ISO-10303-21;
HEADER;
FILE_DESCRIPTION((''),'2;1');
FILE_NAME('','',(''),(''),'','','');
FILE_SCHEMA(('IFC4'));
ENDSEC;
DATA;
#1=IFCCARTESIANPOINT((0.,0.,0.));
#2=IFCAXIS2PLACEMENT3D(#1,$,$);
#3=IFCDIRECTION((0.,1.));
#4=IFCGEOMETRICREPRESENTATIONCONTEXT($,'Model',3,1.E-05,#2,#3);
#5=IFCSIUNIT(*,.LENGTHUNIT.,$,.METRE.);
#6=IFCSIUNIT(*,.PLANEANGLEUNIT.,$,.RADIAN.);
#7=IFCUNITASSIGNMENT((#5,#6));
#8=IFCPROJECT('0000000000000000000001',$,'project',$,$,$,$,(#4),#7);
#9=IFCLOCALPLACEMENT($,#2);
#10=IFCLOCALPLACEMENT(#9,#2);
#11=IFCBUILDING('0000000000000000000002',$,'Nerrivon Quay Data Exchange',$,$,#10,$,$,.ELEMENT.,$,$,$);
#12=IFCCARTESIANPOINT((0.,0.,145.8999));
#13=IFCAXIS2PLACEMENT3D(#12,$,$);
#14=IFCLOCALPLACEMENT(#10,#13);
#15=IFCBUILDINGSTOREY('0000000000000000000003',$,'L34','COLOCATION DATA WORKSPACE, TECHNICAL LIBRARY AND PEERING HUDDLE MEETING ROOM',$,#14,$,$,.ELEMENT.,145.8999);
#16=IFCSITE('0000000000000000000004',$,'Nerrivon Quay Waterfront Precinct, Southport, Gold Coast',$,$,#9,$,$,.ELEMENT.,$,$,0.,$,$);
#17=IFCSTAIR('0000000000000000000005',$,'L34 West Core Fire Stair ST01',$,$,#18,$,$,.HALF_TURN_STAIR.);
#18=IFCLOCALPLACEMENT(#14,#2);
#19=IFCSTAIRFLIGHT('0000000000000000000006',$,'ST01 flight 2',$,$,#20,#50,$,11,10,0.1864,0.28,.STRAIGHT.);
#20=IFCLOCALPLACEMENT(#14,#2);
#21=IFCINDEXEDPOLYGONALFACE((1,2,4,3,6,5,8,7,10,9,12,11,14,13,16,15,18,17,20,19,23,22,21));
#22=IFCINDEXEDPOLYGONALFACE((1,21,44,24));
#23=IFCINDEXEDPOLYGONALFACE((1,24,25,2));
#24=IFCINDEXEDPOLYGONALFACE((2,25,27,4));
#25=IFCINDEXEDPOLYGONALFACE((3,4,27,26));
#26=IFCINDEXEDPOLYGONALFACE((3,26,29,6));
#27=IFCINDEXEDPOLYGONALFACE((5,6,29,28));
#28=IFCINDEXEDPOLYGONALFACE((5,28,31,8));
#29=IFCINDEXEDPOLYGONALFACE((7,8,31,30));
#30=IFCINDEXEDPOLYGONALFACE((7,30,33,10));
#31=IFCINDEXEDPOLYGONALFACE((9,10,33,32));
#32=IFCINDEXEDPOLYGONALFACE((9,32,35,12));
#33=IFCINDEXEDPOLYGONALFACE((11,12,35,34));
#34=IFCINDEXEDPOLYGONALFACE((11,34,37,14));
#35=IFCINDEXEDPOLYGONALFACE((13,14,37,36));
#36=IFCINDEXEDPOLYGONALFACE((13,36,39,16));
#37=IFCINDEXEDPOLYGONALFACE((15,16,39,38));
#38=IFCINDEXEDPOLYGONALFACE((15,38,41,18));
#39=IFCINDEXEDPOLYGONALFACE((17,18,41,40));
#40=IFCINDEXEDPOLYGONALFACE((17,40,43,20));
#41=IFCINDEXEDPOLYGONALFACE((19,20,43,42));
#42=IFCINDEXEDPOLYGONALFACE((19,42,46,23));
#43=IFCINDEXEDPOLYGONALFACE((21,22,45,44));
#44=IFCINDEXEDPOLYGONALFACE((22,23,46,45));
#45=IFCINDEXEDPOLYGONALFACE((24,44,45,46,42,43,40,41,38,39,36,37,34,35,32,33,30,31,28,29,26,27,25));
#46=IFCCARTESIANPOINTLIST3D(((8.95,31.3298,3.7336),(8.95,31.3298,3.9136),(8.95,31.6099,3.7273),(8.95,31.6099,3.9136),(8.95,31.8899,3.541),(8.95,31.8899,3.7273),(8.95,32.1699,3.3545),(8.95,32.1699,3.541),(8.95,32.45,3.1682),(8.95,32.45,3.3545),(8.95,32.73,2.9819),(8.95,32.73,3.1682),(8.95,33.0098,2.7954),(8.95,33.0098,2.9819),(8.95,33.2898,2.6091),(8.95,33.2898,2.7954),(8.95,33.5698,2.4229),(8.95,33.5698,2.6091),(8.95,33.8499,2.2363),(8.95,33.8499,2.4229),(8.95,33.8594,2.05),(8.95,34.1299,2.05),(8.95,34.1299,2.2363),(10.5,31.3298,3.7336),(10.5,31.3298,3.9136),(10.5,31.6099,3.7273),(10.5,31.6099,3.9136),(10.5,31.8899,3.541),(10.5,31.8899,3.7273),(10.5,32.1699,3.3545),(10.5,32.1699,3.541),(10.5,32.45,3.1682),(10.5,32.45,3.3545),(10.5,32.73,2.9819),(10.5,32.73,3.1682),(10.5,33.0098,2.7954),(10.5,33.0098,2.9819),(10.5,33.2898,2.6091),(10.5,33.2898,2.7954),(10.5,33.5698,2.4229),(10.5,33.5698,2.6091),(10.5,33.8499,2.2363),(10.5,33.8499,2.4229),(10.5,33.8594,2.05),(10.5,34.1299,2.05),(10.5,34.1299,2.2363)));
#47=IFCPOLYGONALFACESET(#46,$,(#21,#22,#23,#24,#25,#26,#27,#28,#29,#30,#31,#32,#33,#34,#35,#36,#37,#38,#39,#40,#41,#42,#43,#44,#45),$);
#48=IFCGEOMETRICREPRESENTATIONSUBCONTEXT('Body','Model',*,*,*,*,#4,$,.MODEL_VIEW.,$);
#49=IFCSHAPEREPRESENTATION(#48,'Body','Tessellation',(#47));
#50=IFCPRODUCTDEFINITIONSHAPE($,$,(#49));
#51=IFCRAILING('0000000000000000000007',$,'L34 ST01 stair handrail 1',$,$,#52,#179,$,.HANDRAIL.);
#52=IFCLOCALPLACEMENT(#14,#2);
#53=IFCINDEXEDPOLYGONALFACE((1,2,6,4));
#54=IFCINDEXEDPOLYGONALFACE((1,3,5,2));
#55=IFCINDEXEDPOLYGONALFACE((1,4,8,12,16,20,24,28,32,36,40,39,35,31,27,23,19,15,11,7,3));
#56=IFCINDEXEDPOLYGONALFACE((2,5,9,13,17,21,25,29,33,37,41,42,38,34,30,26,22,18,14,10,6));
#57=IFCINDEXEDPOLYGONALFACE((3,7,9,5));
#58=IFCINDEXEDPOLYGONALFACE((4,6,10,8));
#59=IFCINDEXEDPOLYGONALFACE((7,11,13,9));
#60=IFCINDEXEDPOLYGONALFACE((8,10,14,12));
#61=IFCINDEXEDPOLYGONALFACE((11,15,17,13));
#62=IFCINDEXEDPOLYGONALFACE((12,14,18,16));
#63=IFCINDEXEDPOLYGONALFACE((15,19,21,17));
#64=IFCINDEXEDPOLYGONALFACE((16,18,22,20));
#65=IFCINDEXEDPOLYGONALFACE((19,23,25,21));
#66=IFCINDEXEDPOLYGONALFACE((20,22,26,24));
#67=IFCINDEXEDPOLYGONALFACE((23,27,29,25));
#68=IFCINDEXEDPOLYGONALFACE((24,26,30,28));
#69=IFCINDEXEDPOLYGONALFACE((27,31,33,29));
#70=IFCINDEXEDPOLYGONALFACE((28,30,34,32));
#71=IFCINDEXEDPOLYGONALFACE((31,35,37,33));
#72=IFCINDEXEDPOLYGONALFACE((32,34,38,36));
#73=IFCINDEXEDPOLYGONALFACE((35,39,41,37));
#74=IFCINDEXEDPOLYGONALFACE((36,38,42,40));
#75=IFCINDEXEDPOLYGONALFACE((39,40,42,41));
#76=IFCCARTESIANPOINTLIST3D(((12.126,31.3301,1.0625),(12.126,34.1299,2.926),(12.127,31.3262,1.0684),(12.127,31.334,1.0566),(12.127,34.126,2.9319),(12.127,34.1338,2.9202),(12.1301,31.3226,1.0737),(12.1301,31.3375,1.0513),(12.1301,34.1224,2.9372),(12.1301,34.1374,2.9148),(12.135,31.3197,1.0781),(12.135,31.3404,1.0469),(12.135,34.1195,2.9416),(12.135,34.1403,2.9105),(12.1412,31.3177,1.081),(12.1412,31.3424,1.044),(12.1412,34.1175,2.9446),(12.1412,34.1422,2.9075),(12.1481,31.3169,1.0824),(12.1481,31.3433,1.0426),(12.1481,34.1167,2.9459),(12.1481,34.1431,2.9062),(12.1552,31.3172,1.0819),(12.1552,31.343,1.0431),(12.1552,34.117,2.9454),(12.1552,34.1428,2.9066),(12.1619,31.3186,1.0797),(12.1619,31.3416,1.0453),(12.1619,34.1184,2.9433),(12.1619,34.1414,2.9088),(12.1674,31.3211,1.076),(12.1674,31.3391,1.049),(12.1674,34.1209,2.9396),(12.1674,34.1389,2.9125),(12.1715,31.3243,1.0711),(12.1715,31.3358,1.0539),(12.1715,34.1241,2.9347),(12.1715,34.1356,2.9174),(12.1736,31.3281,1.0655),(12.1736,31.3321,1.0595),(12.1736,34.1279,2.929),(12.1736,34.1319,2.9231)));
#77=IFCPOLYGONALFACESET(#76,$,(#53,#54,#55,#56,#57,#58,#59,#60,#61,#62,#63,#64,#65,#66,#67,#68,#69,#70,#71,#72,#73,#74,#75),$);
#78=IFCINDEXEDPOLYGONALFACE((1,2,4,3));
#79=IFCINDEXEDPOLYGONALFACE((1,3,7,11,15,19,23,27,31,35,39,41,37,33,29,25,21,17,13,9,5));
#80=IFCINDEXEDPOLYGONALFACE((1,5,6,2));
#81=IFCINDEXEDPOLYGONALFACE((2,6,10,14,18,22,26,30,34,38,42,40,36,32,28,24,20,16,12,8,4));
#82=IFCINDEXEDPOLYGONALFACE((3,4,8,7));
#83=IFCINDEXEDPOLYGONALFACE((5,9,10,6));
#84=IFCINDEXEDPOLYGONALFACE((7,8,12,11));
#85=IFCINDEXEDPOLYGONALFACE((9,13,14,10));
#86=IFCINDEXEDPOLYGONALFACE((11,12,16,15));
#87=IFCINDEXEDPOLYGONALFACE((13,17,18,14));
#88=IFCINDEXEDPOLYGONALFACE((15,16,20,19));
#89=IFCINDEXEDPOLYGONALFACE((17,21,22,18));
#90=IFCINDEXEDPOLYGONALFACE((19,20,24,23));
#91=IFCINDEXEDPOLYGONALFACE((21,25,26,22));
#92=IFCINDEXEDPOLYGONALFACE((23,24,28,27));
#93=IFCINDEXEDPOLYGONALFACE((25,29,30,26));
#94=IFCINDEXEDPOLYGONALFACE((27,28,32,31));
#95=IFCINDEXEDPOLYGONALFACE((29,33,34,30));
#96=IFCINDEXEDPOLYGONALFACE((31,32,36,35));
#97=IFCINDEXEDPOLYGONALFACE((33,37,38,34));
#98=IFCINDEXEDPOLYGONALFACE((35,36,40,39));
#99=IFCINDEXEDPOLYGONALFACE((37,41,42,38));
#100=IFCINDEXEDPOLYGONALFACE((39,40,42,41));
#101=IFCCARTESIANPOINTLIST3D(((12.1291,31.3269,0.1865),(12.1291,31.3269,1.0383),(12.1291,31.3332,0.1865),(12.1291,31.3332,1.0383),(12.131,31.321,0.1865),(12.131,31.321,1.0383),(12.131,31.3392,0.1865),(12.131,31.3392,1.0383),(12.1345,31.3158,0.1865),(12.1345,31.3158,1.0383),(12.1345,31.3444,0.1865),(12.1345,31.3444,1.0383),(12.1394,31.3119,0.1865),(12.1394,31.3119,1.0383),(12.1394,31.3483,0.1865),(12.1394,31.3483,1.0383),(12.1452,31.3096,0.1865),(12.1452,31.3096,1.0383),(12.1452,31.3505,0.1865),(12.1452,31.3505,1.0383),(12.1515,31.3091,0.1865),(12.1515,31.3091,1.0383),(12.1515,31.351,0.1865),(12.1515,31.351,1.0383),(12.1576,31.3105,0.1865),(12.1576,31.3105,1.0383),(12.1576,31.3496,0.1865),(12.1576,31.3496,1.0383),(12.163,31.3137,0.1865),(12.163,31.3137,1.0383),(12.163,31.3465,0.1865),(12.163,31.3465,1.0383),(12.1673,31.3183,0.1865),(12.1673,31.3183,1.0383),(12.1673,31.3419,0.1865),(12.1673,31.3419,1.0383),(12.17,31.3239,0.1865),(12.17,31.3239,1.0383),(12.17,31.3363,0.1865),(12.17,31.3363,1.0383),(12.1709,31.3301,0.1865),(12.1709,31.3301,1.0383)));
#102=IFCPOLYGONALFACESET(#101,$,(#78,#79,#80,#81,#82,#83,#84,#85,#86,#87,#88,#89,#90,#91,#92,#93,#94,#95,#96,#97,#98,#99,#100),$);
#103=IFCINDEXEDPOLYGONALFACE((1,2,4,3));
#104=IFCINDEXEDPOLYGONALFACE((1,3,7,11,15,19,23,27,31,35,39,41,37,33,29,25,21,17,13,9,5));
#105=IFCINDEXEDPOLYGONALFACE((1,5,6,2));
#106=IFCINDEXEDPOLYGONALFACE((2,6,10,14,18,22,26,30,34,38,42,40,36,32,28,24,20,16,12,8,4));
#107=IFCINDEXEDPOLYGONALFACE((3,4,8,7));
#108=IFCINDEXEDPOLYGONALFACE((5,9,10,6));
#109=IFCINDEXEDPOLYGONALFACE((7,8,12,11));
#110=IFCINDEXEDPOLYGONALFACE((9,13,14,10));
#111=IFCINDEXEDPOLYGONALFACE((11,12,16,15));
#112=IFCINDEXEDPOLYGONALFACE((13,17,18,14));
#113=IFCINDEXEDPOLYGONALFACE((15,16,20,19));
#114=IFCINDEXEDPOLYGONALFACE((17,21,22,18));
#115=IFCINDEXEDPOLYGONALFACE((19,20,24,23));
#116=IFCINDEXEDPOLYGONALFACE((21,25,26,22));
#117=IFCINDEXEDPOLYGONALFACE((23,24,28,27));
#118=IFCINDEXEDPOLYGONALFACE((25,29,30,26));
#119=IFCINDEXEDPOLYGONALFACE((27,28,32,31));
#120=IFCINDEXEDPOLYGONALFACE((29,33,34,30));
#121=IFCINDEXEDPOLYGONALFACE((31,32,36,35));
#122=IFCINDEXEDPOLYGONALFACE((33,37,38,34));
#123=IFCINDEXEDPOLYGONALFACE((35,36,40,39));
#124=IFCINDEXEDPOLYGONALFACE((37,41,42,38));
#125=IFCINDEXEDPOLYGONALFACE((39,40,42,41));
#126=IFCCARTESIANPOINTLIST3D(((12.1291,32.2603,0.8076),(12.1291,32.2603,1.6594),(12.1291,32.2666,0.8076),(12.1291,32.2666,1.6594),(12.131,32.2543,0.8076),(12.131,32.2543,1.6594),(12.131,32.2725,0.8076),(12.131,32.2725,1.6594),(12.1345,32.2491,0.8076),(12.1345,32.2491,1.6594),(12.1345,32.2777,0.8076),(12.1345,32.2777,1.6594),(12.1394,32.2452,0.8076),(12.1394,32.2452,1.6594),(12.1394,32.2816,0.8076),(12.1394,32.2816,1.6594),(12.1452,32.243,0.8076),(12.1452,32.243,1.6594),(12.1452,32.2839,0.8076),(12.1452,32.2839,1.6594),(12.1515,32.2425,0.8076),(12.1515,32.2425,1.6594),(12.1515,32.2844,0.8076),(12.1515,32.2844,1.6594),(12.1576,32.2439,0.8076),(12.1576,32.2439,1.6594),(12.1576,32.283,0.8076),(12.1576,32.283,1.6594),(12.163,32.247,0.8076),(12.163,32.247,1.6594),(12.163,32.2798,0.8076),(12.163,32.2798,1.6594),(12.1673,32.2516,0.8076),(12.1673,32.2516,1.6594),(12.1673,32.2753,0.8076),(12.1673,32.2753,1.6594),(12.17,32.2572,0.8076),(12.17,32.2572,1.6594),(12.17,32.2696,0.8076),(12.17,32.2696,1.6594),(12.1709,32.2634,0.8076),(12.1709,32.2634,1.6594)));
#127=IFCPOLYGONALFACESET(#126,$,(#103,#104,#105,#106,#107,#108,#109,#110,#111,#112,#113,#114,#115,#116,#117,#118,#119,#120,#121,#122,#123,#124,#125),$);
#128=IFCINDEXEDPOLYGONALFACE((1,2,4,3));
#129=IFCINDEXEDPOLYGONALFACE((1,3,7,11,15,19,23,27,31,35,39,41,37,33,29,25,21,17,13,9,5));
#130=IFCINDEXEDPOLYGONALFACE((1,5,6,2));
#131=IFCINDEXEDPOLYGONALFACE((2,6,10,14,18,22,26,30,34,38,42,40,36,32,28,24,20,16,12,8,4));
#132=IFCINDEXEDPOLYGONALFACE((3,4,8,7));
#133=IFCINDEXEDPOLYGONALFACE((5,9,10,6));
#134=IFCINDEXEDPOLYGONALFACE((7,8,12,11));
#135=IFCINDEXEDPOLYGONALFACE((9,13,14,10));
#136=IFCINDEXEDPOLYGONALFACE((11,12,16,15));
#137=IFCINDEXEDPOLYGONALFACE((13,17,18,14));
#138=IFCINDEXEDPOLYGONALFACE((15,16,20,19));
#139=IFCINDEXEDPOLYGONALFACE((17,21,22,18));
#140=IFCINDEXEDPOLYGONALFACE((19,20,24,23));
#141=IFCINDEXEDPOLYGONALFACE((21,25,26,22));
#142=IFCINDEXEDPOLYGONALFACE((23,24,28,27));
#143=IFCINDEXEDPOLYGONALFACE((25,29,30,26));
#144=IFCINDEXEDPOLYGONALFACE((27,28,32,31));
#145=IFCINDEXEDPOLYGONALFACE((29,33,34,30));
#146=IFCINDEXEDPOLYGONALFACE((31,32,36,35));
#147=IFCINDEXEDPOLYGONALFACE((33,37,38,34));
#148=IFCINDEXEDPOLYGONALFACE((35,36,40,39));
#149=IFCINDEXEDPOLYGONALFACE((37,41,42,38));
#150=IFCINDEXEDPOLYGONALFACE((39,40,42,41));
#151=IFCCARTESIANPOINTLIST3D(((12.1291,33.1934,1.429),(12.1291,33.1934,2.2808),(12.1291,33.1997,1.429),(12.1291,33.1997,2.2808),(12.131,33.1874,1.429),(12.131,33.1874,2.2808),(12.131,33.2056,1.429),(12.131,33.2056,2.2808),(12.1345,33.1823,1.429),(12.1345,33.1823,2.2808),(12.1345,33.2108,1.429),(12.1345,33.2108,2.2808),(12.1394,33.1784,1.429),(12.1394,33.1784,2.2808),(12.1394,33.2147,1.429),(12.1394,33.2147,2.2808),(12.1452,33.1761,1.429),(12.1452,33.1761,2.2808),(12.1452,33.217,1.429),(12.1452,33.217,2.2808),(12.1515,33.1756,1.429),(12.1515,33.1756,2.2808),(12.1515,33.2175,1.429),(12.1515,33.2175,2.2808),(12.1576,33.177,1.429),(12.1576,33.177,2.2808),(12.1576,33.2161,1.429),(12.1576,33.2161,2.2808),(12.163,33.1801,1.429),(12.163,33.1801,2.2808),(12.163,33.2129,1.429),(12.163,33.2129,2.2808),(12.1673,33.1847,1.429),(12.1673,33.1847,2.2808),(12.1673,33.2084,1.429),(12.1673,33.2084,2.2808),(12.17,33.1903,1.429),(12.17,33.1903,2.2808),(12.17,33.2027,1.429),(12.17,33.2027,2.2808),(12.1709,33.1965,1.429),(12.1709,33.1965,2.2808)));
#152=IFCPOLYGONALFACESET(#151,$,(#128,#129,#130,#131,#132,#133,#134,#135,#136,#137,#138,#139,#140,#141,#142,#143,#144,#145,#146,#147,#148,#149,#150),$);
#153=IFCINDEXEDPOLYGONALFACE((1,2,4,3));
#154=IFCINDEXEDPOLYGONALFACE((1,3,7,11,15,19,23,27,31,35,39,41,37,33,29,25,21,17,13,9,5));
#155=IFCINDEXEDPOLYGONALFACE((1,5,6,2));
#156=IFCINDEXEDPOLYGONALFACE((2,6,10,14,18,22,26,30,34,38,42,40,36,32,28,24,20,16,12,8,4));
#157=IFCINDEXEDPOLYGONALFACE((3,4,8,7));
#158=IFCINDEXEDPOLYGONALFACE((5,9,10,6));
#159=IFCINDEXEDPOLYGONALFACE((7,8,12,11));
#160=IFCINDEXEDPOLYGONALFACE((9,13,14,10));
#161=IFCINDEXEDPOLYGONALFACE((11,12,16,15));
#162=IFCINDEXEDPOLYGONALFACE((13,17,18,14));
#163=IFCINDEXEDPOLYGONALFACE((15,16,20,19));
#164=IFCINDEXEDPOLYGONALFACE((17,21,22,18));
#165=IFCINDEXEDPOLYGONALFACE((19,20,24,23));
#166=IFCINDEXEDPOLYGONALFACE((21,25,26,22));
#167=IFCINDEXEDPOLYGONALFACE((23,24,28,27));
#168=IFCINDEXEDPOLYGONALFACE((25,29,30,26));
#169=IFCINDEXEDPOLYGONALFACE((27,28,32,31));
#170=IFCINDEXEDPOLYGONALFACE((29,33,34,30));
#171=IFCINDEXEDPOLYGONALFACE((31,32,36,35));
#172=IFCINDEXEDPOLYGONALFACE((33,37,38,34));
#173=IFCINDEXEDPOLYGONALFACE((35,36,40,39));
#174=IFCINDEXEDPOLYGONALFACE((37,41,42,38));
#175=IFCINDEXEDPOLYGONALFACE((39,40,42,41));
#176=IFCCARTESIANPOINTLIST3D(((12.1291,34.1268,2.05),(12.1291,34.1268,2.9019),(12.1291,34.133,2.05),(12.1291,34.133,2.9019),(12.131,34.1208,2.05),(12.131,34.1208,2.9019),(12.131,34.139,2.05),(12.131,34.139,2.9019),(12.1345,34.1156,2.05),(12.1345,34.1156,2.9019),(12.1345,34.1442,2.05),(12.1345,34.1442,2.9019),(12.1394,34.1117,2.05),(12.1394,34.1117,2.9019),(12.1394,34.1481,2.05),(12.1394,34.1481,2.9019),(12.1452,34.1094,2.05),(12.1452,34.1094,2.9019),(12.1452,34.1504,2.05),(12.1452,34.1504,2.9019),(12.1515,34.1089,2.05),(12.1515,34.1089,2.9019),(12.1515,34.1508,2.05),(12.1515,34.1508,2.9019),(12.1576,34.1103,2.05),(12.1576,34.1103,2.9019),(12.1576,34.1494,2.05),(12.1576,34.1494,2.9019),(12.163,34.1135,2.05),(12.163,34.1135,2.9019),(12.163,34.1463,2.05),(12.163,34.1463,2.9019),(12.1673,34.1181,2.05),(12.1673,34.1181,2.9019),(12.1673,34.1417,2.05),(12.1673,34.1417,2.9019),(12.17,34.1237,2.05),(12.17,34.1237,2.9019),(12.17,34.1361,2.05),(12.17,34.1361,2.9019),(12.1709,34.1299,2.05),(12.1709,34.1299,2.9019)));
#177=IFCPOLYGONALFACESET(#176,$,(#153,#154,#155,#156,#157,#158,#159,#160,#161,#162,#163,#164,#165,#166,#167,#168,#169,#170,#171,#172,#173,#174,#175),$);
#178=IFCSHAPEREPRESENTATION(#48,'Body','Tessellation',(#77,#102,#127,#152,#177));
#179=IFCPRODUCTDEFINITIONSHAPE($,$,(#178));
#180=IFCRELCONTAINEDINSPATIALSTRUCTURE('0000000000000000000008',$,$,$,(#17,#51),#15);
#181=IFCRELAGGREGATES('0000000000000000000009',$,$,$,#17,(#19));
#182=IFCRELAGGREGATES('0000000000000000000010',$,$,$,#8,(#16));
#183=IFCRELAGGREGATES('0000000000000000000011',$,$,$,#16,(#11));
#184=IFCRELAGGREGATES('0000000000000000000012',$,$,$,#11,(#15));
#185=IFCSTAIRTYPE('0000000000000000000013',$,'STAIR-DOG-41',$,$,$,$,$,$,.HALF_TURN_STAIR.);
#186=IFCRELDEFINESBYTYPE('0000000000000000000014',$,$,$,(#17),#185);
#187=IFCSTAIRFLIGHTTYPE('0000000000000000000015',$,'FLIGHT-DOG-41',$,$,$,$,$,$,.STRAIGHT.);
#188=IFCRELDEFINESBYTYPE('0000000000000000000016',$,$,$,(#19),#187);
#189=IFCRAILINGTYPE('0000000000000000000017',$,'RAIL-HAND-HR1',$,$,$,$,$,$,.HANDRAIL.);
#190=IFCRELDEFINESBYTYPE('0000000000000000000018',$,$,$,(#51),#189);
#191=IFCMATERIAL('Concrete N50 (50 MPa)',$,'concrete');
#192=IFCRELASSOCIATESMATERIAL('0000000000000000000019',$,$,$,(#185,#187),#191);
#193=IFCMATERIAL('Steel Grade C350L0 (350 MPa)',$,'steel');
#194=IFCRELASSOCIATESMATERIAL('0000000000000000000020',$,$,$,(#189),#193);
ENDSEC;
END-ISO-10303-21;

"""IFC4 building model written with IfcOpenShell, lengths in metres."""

from ifc_helpers import new_model, si_unit, direction, frame, origin, origin_2d, place, context, subcontext, project, spatial, polyline, circle, outline, extrude, material, type_object, element, aggregate, save


model = new_model("IFC4")

# Units and contexts
model_context = context("Model", 3, precision=1e-05, world=origin(), true_north=direction((0.0, 1.0)))
body_context = subcontext(model_context, "Body", "Model", "MODEL_VIEW")
ifc_project = project(units=[si_unit("LENGTHUNIT", "METRE"), si_unit("PLANEANGLEUNIT", "RADIAN")], contexts=[model_context])

# Site, building, storey
site_placement = place(None, origin())
site = spatial("IfcSite", under=ifc_project, at=site_placement, Name="Nerrivon Quay Waterfront Precinct, Southport, Gold Coast", CompositionType="ELEMENT", RefElevation=0.0)
building_placement = place(site_placement, origin())
building = spatial("IfcBuilding", under=site, at=building_placement, Name="Nerrivon Quay Data Exchange", CompositionType="ELEMENT")
storey_placement = place(building_placement, frame((0.0, 0.0, 145.8999)))
storey = spatial("IfcBuildingStorey", under=building, at=storey_placement, Name="L34", Description="COLOCATION DATA WORKSPACE, TECHNICAL LIBRARY AND PEERING HUDDLE MEETING ROOM", CompositionType="ELEMENT", Elevation=145.8999)

# Shared definitions
ifc_material_1 = material(Name="Concrete N50 (50 MPa)", Category="concrete")

# Stair, stair flight
stair_type = type_object("IfcStairType", Name="STAIR-DOG-41", PredefinedType="HALF_TURN_STAIR", material=ifc_material_1)
stair_placement = place(storey_placement, origin())
stair = element("IfcStair", 1, at=stair_placement, inside=storey, type_object=stair_type, Name="L34 West Core Fire Stair ST01", PredefinedType="HALF_TURN_STAIR")
stair_flight_type = type_object("IfcStairFlightType", Name="FLIGHT-DOG-41", PredefinedType="STRAIGHT", material=ifc_material_1)
stair_flight_1_placement = place(storey_placement, frame((9.7251, 34.1299, 2.05), z_axis=(0.0, 0.0, 1.0), x_axis=(0.0, -1.0, 0.0)))
stair_flight_1 = element("IfcStairFlight", 2, at=stair_flight_1_placement, type_object=stair_flight_type, Name="ST01 flight 2", NumberOfRisers=11, NumberOfTreads=10, PredefinedType="STRAIGHT", RiserHeight=0.1864, TreadLength=0.28, context=body_context, shape_type="SweptSolid", body=[
    extrude(outline(polyline([(0.0, 0.0), (0.0, 0.1863), (0.28, 0.1863), (0.28, 0.3728), (0.5601, 0.3728), (0.5601, 0.5591), (0.8401, 0.5591), (0.8401, 0.7454), (1.1201, 0.7454), (1.1201, 0.9319), (1.3999, 0.9319), (1.3999, 1.1182), (1.6799, 1.1182), (1.6799, 1.3044), (1.96, 1.3044), (1.96, 1.491), (2.24, 1.491), (2.24, 1.6772), (2.52, 1.6772), (2.52, 1.8635), (2.8, 1.8635), (2.8, 2.05), (2.8, 1.6836), (0.2705, 0.0), (0.0, 0.0)])), frame((0.0, 0.7749, 0.0), z_axis=(0.0, -1.0, 0.0), x_axis=(1.0, 0.0, 0.0)), (0.0, 0.0, 1.0), 1.55),
])
aggregate(stair, [stair_flight_1])

# Railing
ifc_material_2 = material(Name="Steel Grade C350L0 (350 MPa)", Category="steel")
railing_type_1 = type_object("IfcRailingType", Name="RAIL-HAND-HR1", PredefinedType="HANDRAIL", material=ifc_material_2)
railing_1_placement = place(storey_placement, frame((12.1499, 31.3301, 0.1865)))
element("IfcRailing", 3, at=railing_1_placement, inside=storey, type_object=railing_type_1, Name="L34 ST01 stair handrail 1", PredefinedType="HANDRAIL", context=body_context, shape_type="SweptSolid", body=[
    extrude(circle(Radius=0.0239, at=origin_2d()), frame((0.0, 0.0, 0.876), z_axis=(0.0, 0.832463, 0.55408), x_axis=(-1.0, 0.0, 0.0)), (0.0, 0.0, 1.0), 3.3633),
    extrude(circle(Radius=0.021, at=origin_2d()), origin(), (0.0, 0.0, 1.0), 0.8518),
    extrude(circle(Radius=0.021, at=origin_2d()), frame((0.0, 0.9333, 0.6211)), (0.0, 0.0, 1.0), 0.8518),
    extrude(circle(Radius=0.021, at=origin_2d()), frame((0.0, 1.8665, 1.2424)), (0.0, 0.0, 1.0), 0.8518),
    extrude(circle(Radius=0.021, at=origin_2d()), frame((0.0, 2.7998, 1.8635)), (0.0, 0.0, 1.0), 0.8518),
])

save(model, "model.ifc")
